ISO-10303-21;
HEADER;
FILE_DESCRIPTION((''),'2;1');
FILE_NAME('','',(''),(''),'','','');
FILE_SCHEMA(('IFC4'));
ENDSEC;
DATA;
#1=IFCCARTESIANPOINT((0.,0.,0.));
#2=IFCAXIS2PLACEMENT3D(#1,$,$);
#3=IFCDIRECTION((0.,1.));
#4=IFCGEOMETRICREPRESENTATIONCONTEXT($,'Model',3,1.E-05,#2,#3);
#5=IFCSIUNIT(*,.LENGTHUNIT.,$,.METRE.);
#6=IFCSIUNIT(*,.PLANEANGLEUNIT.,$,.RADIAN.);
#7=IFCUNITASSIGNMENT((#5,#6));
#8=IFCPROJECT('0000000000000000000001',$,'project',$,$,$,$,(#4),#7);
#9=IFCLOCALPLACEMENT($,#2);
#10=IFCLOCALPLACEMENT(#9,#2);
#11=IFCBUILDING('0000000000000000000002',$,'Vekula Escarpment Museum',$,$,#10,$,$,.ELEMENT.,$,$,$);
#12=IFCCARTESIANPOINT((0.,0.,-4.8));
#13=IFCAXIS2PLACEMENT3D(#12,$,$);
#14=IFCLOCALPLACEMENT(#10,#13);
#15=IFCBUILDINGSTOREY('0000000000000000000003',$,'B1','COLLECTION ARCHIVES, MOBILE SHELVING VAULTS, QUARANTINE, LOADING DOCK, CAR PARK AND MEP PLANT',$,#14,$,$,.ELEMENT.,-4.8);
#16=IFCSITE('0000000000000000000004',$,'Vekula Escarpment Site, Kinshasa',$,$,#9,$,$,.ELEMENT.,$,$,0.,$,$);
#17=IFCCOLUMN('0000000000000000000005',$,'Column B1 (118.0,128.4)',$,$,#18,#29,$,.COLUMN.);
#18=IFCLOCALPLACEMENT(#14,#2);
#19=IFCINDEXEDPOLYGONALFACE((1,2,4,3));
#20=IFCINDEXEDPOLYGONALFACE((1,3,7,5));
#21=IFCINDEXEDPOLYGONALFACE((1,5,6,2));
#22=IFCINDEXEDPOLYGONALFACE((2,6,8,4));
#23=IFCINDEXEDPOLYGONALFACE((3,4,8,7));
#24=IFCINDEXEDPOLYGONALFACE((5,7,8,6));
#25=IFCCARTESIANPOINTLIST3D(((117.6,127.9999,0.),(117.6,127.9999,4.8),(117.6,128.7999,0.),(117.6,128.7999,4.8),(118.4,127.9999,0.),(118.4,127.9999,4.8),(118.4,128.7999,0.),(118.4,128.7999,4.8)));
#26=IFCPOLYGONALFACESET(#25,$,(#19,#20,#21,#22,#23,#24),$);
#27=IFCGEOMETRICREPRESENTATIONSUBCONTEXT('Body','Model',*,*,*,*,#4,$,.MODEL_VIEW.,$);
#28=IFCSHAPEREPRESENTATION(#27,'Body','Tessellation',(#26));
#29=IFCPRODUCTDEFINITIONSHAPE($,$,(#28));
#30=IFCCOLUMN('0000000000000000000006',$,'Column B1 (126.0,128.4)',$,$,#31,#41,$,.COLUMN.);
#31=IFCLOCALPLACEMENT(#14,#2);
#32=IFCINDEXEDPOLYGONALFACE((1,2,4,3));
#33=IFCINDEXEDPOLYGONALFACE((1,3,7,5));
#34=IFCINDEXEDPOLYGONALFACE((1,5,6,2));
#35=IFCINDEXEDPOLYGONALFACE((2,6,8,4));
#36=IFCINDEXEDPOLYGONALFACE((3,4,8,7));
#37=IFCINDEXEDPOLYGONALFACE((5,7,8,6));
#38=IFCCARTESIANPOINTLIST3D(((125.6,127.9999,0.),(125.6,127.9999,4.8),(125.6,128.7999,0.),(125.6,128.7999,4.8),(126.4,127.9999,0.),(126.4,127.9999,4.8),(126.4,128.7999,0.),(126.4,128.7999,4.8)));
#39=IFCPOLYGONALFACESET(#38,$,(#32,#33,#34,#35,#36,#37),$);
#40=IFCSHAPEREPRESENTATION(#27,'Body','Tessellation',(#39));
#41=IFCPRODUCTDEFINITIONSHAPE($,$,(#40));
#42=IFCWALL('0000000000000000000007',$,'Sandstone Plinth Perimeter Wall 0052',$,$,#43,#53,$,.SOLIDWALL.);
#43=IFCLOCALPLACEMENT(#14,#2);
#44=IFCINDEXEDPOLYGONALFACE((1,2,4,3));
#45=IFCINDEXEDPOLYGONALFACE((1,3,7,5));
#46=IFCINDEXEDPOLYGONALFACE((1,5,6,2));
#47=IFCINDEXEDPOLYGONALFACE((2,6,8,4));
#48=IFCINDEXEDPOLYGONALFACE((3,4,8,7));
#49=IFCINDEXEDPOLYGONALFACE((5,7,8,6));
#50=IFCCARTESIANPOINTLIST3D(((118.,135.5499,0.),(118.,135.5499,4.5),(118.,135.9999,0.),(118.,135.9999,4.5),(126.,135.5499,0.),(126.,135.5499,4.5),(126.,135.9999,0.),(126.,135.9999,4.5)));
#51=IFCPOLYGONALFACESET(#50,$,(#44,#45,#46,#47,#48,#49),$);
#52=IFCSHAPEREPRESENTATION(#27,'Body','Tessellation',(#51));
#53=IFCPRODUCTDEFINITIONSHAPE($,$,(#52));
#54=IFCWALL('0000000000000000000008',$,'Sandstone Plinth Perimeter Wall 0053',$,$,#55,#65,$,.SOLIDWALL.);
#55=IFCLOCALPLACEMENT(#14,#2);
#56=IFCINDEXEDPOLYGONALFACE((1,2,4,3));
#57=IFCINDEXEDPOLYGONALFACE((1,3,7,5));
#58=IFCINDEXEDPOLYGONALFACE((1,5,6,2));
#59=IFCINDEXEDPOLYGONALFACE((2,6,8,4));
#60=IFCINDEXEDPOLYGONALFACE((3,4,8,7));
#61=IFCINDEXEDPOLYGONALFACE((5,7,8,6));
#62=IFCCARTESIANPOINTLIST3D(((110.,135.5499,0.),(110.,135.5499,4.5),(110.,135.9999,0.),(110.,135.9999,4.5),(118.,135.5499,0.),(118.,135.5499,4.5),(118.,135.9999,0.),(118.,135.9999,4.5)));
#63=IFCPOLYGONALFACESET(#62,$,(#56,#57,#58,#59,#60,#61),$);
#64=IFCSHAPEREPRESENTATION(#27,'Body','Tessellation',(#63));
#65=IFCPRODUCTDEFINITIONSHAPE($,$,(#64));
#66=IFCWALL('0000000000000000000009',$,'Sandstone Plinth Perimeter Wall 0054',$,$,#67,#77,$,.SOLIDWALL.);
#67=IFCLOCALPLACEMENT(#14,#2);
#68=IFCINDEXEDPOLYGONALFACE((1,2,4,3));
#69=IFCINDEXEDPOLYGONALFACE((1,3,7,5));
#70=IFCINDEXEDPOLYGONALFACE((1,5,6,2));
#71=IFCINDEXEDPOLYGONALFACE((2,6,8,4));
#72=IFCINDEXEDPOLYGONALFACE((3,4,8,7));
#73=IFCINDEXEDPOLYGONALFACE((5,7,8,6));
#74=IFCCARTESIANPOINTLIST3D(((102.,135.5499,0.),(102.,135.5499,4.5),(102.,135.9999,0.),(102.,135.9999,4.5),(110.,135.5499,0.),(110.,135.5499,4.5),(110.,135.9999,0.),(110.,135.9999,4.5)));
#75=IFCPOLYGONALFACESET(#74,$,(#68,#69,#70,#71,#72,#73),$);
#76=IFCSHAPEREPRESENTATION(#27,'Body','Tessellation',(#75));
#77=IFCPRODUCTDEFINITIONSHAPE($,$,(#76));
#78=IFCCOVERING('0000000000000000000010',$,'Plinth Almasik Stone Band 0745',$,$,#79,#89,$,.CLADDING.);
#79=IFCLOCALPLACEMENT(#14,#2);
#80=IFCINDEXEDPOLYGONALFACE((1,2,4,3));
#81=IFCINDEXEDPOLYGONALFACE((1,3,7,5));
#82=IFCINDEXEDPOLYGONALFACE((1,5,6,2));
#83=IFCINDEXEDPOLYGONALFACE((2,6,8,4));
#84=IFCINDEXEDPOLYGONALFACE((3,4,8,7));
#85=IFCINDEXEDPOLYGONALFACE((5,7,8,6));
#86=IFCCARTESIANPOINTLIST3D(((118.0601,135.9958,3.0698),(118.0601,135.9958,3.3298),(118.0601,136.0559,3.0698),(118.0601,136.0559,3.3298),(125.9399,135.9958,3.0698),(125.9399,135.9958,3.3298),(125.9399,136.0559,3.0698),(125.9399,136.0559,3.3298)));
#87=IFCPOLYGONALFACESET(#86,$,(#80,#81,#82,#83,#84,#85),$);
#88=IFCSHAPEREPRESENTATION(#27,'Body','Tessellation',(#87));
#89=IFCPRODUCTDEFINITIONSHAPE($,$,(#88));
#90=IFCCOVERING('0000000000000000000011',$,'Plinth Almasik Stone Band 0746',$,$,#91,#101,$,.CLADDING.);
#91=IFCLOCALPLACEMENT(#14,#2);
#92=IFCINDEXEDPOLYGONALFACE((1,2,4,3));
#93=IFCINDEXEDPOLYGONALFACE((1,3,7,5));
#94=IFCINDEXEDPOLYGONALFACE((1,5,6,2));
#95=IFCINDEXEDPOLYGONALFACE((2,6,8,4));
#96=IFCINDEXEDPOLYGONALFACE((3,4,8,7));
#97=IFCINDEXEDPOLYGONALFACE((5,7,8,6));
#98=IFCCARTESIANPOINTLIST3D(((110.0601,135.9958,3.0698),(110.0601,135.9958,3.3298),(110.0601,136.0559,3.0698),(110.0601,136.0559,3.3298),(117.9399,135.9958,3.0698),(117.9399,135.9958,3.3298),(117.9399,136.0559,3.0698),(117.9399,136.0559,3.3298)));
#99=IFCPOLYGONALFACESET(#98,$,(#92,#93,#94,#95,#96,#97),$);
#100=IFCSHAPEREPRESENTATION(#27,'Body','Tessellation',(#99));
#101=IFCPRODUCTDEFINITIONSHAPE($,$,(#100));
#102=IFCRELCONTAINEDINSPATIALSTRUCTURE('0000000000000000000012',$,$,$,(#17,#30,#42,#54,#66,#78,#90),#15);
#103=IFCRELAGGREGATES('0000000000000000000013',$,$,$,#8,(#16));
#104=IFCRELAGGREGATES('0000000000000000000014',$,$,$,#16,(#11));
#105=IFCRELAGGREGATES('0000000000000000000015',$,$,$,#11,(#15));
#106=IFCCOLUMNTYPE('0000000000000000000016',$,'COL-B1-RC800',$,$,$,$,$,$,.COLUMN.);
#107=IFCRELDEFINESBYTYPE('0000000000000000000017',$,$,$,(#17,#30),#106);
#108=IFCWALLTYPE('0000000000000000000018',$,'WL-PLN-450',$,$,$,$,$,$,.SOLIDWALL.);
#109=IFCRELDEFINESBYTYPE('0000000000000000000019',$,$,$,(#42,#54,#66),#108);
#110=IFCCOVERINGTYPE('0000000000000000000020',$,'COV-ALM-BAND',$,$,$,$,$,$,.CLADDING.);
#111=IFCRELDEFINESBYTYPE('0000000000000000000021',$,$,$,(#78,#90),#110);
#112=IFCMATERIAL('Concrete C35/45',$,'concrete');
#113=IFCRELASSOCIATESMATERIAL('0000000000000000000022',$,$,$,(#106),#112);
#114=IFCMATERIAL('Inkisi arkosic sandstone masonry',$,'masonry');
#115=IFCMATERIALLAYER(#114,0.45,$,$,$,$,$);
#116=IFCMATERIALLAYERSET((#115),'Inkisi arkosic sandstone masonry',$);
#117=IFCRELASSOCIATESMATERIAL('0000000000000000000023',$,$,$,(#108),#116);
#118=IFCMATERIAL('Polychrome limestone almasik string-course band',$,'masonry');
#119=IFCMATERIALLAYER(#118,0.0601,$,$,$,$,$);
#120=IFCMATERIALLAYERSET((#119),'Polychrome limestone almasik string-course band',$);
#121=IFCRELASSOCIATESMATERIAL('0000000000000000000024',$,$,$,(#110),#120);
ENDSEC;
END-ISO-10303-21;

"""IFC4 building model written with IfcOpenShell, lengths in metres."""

from ifc_helpers import new_model, si_unit, direction, frame, frame_2d, origin, origin_2d, place, context, subcontext, project, spatial, rectangle, extrude, material, layer, layer_set, material_profile, profile_set, type_object, element, save


model = new_model("IFC4")

# Units and contexts
model_context = context("Model", 3, precision=1e-05, world=origin(), true_north=direction((0.0, 1.0)))
body_context = subcontext(model_context, "Body", "Model", "MODEL_VIEW")
ifc_project = project(units=[si_unit("LENGTHUNIT", "METRE"), si_unit("PLANEANGLEUNIT", "RADIAN")], contexts=[model_context])

# Site, building, storey
site_placement = place(None, origin())
site = spatial("IfcSite", under=ifc_project, at=site_placement, Name="Vekula Escarpment Site, Kinshasa", CompositionType="ELEMENT", RefElevation=0.0)
building_placement = place(site_placement, origin())
building = spatial("IfcBuilding", under=site, at=building_placement, Name="Vekula Escarpment Museum", CompositionType="ELEMENT")
storey_placement = place(building_placement, frame((0.0, 0.0, -4.8)))
storey = spatial("IfcBuildingStorey", under=building, at=storey_placement, Name="B1", Description="COLLECTION ARCHIVES, MOBILE SHELVING VAULTS, QUARANTINE, LOADING DOCK, CAR PARK AND MEP PLANT", CompositionType="ELEMENT", Elevation=-4.8)

# Columns
ifc_material_1 = material(Name="Concrete C35/45", Category="concrete")
ifc_material_profile_1 = material_profile(ifc_material_1, rectangle(XDim=0.8, YDim=0.8, at=origin_2d()), Name="RC 800x800")
ifc_profile_set_1 = profile_set([ifc_material_profile_1], Name="Concrete C35/45")
column_type_1 = type_object("IfcColumnType", Name="COL-B1-RC800", PredefinedType="COLUMN", material=ifc_profile_set_1)
for number, where, z_axis, x_axis, name in (
    (1, (118.0, 128.3999, 0.0), (0.0, 0.0, 1.0), (1.0, 0.0, 0.0), "Column B1 (118.0,128.4)"),
    (2, (126.0, 128.3999, 0.0), (0.0, 0.0, 1.0), (1.0, 0.0, 0.0), "Column B1 (126.0,128.4)"),
):
    element("IfcColumn", number, at=place(storey_placement, frame(where, z_axis=z_axis, x_axis=x_axis)), inside=storey, type_object=column_type_1, Name=name, PredefinedType="COLUMN", context=body_context, shape_type="SweptSolid", body=[
        extrude(rectangle(XDim=0.8, YDim=0.8, at=origin_2d()), origin(), (0.0, 0.0, 1.0), 4.8),
    ])

# Walls
ifc_material_2 = material(Name="Inkisi arkosic sandstone masonry", Category="masonry")
ifc_layer_1 = layer(ifc_material_2, 0.45)
ifc_layer_set_1 = layer_set([ifc_layer_1], Name="Inkisi arkosic sandstone masonry")
wall_type = type_object("IfcWallType", Name="WL-PLN-450", PredefinedType="SOLIDWALL", material=ifc_layer_set_1)
for number, where, z_axis, x_axis, name in (
    (3, (126.0, 135.7749, 0.0), (0.0, 0.0, 1.0), (-1.0, 0.0, 0.0), "Sandstone Plinth Perimeter Wall 0052"),
    (4, (118.0, 135.7749, 0.0), (0.0, 0.0, 1.0), (-1.0, 0.0, 0.0), "Sandstone Plinth Perimeter Wall 0053"),
    (5, (110.0, 135.7749, 0.0), (0.0, 0.0, 1.0), (-1.0, 0.0, 0.0), "Sandstone Plinth Perimeter Wall 0054"),
):
    element("IfcWall", number, at=place(storey_placement, frame(where, z_axis=z_axis, x_axis=x_axis)), inside=storey, type_object=wall_type, Name=name, PredefinedType="SOLIDWALL", context=body_context, shape_type="SweptSolid", body=[
        extrude(rectangle(XDim=8.0, YDim=0.45, at=frame_2d((4.0, 0.0))), origin(), (0.0, 0.0, 1.0), 4.5),
    ])

# Coverings
ifc_material_3 = material(Name="Polychrome limestone almasik string-course band", Category="masonry")
ifc_layer_2 = layer(ifc_material_3, 0.0601)
ifc_layer_set_2 = layer_set([ifc_layer_2], Name="Polychrome limestone almasik string-course band")
covering_type = type_object("IfcCoveringType", Name="COV-ALM-BAND", PredefinedType="CLADDING", material=ifc_layer_set_2)
for number, where, z_axis, x_axis, name in (
    (6, (122.0, 136.0259, 3.0698), (0.0, 0.0, 1.0), (1.0, 0.0, 0.0), "Plinth Almasik Stone Band 0745"),
    (7, (114.0, 136.0259, 3.0698), (0.0, 0.0, 1.0), (1.0, 0.0, 0.0), "Plinth Almasik Stone Band 0746"),
):
    element("IfcCovering", number, at=place(storey_placement, frame(where, z_axis=z_axis, x_axis=x_axis)), inside=storey, type_object=covering_type, Name=name, PredefinedType="CLADDING", context=body_context, shape_type="SweptSolid", body=[
        extrude(rectangle(XDim=7.8799, YDim=0.0601, at=origin_2d()), origin(), (0.0, 0.0, 1.0), 0.26),
    ])

save(model, "model.ifc")
